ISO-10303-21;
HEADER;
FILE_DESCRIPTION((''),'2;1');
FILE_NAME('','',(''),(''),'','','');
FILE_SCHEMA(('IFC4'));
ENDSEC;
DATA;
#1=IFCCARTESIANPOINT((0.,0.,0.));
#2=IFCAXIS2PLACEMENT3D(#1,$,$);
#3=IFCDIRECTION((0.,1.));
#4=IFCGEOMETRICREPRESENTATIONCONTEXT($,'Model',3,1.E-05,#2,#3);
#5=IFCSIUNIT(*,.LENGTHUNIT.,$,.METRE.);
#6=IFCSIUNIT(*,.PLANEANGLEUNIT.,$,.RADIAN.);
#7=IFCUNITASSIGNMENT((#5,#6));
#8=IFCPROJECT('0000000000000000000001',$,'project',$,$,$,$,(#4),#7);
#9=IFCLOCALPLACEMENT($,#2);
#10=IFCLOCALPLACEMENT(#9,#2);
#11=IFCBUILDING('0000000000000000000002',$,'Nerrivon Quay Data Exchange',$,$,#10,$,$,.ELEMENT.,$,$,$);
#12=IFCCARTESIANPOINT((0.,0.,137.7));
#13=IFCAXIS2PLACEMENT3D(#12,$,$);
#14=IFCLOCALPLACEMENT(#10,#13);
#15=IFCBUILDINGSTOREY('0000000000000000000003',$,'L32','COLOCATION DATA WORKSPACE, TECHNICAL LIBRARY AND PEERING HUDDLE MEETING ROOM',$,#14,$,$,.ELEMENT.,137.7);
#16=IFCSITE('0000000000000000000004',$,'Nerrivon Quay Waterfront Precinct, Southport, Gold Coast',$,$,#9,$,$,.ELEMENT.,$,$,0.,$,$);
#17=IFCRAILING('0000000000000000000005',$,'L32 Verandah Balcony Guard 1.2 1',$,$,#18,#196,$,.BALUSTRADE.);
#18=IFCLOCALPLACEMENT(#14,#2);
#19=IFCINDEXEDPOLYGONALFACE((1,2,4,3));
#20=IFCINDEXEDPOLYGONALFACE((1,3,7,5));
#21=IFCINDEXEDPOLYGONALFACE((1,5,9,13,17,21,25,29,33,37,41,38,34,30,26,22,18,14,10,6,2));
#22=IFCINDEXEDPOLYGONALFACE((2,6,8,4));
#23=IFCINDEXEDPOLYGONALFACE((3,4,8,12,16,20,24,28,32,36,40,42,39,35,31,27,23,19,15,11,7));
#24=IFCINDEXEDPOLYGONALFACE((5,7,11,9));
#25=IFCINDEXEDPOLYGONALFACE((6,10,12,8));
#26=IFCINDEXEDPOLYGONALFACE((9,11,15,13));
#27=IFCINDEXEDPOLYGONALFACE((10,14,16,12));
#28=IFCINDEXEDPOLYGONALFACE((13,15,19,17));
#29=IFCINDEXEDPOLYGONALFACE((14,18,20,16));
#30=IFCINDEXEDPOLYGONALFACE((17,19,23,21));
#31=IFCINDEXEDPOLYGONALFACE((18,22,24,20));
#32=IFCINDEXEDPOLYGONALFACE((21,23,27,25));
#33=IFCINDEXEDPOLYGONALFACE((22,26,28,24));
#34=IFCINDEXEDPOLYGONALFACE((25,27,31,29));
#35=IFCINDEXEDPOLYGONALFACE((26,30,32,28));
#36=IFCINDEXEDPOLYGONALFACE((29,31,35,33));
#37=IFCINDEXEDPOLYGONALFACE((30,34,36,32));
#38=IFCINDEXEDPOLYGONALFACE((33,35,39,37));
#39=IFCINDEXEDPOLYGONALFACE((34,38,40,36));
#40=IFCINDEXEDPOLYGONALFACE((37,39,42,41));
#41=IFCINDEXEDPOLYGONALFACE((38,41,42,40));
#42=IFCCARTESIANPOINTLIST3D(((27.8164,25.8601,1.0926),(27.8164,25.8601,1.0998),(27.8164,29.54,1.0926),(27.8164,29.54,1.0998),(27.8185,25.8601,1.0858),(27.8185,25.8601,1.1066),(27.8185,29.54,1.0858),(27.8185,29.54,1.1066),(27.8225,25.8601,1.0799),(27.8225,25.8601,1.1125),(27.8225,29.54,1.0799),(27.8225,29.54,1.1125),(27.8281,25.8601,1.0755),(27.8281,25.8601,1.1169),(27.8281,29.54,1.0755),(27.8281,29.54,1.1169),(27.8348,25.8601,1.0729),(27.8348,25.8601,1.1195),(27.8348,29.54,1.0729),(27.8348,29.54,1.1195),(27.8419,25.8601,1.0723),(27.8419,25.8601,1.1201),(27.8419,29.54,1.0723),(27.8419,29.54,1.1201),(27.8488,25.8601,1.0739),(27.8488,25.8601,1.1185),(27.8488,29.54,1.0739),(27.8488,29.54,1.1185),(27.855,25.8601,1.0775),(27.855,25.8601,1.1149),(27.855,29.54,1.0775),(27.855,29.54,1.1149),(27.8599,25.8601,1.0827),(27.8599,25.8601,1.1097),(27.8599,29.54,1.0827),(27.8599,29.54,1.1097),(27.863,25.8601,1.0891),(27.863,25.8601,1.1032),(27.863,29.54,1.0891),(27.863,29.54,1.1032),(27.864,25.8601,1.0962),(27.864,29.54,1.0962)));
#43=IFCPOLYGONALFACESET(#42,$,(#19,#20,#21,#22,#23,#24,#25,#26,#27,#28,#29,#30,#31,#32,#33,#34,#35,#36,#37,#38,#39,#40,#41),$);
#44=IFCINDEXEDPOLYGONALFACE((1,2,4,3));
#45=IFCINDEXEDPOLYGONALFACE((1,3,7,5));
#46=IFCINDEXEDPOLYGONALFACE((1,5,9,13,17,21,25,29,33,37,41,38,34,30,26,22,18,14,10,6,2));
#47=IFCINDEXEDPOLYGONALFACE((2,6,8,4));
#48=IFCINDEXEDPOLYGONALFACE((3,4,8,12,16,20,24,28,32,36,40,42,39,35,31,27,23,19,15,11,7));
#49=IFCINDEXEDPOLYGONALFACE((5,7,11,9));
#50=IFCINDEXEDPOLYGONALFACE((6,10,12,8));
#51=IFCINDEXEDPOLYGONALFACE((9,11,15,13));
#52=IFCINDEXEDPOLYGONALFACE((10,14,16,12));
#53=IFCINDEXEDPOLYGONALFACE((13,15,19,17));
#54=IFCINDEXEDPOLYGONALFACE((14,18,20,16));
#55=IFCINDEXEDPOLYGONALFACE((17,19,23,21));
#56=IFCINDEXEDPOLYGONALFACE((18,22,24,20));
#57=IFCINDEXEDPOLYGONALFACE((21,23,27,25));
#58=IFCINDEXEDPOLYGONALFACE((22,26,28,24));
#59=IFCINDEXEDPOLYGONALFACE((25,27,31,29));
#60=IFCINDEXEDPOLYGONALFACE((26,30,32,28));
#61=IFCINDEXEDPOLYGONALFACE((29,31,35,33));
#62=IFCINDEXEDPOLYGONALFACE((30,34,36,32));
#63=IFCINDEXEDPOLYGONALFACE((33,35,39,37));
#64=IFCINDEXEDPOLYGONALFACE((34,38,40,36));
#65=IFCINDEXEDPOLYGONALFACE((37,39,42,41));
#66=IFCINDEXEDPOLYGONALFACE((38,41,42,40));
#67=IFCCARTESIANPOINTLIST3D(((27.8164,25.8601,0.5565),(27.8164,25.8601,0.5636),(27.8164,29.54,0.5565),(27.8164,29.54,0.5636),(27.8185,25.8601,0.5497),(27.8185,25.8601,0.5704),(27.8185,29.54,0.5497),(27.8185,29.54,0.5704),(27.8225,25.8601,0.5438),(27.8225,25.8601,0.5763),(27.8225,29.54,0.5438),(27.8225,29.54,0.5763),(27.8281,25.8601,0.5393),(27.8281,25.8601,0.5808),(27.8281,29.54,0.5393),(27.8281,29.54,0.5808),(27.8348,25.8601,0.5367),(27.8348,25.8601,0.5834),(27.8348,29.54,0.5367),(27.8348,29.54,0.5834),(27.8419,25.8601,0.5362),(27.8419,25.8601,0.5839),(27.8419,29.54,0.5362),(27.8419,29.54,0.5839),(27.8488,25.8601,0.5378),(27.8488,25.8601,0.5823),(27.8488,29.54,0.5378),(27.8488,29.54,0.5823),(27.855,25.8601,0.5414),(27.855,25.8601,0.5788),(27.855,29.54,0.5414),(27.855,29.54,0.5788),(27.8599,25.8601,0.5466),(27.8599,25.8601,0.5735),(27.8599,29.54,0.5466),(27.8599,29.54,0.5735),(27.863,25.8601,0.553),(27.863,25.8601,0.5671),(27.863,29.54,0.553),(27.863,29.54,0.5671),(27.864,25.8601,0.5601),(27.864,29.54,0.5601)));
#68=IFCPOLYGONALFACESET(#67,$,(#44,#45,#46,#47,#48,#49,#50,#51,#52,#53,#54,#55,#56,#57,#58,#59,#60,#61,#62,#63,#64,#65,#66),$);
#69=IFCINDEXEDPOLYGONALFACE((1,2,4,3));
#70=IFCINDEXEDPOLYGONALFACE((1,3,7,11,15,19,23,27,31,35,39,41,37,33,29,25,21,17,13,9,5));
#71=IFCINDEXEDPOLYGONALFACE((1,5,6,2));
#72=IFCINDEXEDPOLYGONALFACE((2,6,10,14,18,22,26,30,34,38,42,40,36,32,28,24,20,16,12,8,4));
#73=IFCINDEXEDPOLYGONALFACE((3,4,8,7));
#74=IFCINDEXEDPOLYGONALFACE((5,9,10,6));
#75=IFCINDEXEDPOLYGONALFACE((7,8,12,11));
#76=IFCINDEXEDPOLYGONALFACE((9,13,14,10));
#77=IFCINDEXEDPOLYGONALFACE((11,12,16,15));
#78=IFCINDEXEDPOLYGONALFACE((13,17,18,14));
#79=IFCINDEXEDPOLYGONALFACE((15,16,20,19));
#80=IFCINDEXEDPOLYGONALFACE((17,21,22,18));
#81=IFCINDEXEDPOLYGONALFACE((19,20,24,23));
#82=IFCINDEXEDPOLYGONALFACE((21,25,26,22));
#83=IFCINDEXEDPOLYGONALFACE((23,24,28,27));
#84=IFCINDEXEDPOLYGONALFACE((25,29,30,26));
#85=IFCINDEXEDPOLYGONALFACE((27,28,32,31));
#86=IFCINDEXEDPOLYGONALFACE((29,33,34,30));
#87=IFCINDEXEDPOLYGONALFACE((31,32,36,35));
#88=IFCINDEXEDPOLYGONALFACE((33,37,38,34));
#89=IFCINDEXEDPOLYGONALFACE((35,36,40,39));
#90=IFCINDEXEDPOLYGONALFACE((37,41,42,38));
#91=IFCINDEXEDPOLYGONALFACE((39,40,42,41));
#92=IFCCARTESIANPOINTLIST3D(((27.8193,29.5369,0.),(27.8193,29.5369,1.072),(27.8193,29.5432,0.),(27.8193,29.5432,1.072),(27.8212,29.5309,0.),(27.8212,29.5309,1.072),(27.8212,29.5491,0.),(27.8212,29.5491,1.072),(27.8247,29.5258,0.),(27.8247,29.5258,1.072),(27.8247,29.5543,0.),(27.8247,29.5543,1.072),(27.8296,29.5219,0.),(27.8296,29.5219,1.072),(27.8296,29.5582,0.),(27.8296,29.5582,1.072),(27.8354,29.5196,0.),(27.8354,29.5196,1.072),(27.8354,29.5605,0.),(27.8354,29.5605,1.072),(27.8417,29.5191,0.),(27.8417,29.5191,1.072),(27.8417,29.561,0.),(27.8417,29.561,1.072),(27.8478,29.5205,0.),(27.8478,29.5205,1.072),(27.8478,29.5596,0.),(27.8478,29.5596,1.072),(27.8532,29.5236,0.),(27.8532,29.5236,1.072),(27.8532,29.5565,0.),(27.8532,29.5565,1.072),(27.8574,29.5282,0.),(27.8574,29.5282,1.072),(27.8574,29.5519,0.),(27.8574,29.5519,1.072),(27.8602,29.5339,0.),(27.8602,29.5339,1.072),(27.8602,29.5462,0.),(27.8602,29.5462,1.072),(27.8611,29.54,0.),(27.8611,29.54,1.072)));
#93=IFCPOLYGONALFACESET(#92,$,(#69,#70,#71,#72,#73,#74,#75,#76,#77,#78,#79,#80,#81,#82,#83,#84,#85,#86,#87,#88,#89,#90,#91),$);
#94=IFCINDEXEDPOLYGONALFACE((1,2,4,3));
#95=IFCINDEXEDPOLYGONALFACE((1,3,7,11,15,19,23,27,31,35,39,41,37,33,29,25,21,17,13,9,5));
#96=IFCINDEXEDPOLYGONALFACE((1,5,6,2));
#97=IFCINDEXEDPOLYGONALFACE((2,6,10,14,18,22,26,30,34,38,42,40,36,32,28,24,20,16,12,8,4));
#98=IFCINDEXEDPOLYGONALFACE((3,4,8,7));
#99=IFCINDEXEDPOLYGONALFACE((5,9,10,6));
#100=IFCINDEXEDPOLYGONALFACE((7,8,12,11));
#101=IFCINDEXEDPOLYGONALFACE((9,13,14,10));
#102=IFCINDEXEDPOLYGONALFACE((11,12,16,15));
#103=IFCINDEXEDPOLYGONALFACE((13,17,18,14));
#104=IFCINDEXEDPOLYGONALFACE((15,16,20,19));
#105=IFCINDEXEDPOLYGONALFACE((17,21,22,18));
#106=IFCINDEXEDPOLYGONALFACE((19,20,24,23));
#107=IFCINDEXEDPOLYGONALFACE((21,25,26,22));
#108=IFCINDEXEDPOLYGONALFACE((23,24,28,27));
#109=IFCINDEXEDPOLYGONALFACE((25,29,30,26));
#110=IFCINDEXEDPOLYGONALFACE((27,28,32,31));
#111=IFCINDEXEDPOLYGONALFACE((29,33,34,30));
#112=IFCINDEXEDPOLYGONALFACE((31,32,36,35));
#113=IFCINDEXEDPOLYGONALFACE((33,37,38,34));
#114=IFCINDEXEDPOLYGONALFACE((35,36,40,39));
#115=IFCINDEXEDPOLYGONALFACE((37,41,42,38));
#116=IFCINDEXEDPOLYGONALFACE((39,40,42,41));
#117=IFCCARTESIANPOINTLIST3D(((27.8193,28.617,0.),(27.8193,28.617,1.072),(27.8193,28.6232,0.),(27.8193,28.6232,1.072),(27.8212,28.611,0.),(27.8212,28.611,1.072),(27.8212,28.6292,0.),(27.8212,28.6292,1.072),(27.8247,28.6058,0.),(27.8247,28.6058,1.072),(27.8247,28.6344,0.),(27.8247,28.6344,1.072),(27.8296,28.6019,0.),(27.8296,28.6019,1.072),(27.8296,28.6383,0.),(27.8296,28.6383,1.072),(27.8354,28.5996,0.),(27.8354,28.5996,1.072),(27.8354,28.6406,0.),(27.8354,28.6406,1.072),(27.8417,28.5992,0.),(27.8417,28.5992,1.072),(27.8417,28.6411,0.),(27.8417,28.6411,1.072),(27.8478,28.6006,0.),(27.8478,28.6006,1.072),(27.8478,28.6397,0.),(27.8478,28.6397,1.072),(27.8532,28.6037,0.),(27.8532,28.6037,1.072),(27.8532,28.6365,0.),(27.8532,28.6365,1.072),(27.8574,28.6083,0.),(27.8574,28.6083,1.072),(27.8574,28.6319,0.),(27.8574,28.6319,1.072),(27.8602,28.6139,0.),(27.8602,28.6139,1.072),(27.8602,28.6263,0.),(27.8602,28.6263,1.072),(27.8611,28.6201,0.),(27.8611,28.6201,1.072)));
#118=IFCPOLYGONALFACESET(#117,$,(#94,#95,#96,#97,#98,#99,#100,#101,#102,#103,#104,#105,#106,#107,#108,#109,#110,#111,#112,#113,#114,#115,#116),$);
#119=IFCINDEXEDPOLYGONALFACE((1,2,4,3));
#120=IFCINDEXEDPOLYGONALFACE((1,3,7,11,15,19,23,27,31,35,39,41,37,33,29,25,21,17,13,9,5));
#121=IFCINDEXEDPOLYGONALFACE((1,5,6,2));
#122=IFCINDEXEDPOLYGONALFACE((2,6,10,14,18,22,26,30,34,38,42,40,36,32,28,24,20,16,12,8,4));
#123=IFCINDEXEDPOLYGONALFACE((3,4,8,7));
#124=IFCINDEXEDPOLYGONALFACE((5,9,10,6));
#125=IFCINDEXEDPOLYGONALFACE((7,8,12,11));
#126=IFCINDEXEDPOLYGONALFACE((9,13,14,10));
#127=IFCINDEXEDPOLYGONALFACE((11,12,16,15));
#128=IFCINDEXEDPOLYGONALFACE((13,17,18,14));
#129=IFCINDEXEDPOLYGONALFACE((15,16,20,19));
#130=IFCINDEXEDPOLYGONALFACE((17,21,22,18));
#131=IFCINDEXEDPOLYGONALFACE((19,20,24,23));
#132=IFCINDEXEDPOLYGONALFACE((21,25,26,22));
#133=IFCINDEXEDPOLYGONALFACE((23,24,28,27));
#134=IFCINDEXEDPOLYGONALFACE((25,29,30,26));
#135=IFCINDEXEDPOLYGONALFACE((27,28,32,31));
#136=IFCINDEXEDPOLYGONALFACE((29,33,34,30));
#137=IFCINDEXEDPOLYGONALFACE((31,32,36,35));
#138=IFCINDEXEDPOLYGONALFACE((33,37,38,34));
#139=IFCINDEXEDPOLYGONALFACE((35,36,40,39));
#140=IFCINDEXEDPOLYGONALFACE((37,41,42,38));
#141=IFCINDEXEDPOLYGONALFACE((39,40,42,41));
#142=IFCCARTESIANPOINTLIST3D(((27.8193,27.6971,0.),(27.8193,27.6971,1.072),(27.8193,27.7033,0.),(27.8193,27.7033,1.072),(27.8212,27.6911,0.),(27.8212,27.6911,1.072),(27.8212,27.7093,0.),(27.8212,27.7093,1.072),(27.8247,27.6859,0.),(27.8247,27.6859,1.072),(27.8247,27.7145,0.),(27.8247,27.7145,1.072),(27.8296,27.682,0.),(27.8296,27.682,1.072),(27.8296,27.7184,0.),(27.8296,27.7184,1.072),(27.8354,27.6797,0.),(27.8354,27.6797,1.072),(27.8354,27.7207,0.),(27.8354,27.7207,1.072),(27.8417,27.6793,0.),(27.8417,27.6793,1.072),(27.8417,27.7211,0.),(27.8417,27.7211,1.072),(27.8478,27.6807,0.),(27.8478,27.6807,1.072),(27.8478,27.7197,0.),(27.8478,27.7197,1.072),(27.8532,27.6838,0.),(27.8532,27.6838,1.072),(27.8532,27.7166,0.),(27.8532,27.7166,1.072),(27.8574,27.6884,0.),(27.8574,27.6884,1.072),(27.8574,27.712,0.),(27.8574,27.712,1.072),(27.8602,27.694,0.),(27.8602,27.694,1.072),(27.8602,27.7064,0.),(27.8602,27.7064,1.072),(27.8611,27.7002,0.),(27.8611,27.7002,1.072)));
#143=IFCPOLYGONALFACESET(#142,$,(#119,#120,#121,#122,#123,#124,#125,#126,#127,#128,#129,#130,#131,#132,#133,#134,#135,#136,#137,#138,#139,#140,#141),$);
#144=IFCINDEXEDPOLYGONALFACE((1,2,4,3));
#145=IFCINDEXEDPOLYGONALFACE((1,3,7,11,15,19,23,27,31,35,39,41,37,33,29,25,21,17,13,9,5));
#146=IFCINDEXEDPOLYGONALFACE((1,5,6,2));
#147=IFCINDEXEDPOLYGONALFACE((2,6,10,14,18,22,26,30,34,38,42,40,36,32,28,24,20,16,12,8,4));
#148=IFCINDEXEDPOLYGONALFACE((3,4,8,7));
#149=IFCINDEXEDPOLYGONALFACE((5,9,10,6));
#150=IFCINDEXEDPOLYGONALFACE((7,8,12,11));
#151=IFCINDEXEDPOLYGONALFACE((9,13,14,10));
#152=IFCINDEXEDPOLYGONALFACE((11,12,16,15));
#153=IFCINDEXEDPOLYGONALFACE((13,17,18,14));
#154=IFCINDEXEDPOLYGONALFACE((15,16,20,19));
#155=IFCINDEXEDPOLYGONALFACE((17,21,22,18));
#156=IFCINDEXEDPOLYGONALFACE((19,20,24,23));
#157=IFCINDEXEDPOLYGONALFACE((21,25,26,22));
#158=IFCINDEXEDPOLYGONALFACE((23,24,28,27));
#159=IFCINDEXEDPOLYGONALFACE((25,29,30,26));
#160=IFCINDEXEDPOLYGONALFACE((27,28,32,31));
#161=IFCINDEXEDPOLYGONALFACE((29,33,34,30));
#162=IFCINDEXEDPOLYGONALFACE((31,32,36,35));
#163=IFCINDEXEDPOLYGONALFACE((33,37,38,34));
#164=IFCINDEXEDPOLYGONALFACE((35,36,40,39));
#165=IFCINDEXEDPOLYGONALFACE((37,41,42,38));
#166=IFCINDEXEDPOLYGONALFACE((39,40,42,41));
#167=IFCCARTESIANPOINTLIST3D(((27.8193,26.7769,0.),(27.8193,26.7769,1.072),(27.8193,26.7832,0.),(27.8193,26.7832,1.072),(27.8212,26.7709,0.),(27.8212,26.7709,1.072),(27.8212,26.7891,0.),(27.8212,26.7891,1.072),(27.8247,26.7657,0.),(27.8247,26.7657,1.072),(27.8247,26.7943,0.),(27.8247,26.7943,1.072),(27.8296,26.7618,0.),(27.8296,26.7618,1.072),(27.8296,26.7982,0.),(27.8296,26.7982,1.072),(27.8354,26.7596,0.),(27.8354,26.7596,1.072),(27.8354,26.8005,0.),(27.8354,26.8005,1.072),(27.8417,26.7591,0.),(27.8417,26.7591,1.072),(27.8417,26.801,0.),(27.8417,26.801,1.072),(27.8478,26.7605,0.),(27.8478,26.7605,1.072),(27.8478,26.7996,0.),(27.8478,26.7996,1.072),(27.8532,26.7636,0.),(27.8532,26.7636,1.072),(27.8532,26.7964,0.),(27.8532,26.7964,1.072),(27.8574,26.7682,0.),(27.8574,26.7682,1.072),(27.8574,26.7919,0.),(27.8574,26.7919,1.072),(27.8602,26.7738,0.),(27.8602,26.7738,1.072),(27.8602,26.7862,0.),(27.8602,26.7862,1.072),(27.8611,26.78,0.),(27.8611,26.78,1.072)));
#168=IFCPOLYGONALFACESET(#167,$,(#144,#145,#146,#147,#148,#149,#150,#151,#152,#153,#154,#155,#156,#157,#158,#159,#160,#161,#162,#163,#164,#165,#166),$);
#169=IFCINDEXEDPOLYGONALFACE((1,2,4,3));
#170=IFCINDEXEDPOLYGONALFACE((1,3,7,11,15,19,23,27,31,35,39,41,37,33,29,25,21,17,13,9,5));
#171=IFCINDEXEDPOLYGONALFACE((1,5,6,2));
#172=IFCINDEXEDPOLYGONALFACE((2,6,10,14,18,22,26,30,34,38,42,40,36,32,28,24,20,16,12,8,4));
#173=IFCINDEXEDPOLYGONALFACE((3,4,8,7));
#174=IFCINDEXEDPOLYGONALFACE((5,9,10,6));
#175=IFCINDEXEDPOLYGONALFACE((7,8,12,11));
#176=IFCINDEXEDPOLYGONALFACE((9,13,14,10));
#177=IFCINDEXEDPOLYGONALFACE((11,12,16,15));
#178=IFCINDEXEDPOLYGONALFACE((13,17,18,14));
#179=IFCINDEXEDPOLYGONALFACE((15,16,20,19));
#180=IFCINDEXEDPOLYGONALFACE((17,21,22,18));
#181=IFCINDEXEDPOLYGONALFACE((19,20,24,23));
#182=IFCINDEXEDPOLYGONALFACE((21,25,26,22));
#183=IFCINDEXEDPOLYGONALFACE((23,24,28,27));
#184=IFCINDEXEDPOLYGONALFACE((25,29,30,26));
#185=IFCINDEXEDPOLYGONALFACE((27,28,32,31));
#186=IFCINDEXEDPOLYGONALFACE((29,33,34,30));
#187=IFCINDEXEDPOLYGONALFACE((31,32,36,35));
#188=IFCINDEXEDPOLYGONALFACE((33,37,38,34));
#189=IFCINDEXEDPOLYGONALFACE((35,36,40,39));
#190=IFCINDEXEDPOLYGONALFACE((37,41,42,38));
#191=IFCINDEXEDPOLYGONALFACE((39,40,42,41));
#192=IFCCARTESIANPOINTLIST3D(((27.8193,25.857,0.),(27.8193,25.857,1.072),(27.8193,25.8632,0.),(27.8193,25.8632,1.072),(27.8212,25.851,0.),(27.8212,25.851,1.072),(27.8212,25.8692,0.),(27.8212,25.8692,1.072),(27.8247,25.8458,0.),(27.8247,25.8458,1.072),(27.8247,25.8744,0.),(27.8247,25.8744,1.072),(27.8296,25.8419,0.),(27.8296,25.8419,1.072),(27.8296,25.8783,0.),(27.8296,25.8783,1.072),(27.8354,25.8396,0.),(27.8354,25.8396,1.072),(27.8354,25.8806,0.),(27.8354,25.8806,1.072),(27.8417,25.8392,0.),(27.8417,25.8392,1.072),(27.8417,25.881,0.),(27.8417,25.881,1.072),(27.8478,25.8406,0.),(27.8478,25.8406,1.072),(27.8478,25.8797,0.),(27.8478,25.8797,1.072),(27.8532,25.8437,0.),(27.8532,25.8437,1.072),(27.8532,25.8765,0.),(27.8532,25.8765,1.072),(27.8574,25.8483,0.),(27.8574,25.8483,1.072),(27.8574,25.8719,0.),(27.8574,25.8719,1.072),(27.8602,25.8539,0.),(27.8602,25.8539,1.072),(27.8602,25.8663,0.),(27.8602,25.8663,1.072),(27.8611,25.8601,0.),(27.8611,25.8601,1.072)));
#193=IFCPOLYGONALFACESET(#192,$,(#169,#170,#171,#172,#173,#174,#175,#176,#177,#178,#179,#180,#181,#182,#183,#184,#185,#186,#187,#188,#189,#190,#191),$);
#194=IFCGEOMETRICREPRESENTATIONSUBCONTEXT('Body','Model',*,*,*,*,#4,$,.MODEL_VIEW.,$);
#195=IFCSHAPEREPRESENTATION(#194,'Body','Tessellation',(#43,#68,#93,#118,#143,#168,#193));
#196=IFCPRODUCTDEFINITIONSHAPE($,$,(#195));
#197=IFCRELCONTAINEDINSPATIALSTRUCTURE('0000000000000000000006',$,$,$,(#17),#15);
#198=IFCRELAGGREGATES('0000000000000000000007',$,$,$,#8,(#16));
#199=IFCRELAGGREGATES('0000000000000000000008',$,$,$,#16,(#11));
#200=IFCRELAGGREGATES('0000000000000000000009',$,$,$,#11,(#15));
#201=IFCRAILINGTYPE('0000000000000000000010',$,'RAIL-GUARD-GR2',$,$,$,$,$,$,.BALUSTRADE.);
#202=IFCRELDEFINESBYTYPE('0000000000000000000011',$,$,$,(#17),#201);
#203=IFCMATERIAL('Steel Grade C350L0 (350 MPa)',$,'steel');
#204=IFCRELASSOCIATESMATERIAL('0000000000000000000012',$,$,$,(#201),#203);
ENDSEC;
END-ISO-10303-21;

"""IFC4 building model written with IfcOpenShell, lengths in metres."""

from ifc_helpers import new_model, si_unit, direction, frame, origin, origin_2d, place, context, subcontext, project, spatial, circle, extrude, material, type_object, element, save


model = new_model("IFC4")

# Units and contexts
model_context = context("Model", 3, precision=1e-05, world=origin(), true_north=direction((0.0, 1.0)))
body_context = subcontext(model_context, "Body", "Model", "MODEL_VIEW")
ifc_project = project(units=[si_unit("LENGTHUNIT", "METRE"), si_unit("PLANEANGLEUNIT", "RADIAN")], contexts=[model_context])

# Site, building, storey
site_placement = place(None, origin())
site = spatial("IfcSite", under=ifc_project, at=site_placement, Name="Nerrivon Quay Waterfront Precinct, Southport, Gold Coast", CompositionType="ELEMENT", RefElevation=0.0)
building_placement = place(site_placement, origin())
building = spatial("IfcBuilding", under=site, at=building_placement, Name="Nerrivon Quay Data Exchange", CompositionType="ELEMENT")
storey_placement = place(building_placement, frame((0.0, 0.0, 137.7)))
storey = spatial("IfcBuildingStorey", under=building, at=storey_placement, Name="L32", Description="COLOCATION DATA WORKSPACE, TECHNICAL LIBRARY AND PEERING HUDDLE MEETING ROOM", CompositionType="ELEMENT", Elevation=137.7)

# Railing
ifc_material_1 = material(Name="Steel Grade C350L0 (350 MPa)", Category="steel")
railing_type = type_object("IfcRailingType", Name="RAIL-GUARD-GR2", PredefinedType="BALUSTRADE", material=ifc_material_1)
railing_1_placement = place(storey_placement, frame((27.8401, 29.54, 0.0)))
element("IfcRailing", 1, at=railing_1_placement, inside=storey, type_object=railing_type, Name="L32 Verandah Balcony Guard 1.2 1", PredefinedType="BALUSTRADE", context=body_context, shape_type="SweptSolid", body=[
    extrude(circle(Radius=0.0239, at=origin_2d()), frame((0.0, 0.0, 1.0962), z_axis=(0.0, -1.0, 0.0), x_axis=(1.0, 0.0, 0.0)), (0.0, 0.0, 1.0), 3.6799),
    extrude(circle(Radius=0.0239, at=origin_2d()), frame((0.0, 0.0, 0.5601), z_axis=(0.0, -1.0, 0.0), x_axis=(1.0, 0.0, 0.0)), (0.0, 0.0, 1.0), 3.6799),
    extrude(circle(Radius=0.021, at=origin_2d()), origin(), (0.0, 0.0, 1.0), 1.072),
    extrude(circle(Radius=0.021, at=origin_2d()), frame((0.0, -0.9199, 0.0)), (0.0, 0.0, 1.0), 1.072),
    extrude(circle(Radius=0.021, at=origin_2d()), frame((0.0, -1.8398, 0.0)), (0.0, 0.0, 1.0), 1.072),
    extrude(circle(Radius=0.021, at=origin_2d()), frame((0.0, -2.76, 0.0)), (0.0, 0.0, 1.0), 1.072),
    extrude(circle(Radius=0.021, at=origin_2d()), frame((0.0, -3.6799, 0.0)), (0.0, 0.0, 1.0), 1.072),
])

save(model, "model.ifc")
